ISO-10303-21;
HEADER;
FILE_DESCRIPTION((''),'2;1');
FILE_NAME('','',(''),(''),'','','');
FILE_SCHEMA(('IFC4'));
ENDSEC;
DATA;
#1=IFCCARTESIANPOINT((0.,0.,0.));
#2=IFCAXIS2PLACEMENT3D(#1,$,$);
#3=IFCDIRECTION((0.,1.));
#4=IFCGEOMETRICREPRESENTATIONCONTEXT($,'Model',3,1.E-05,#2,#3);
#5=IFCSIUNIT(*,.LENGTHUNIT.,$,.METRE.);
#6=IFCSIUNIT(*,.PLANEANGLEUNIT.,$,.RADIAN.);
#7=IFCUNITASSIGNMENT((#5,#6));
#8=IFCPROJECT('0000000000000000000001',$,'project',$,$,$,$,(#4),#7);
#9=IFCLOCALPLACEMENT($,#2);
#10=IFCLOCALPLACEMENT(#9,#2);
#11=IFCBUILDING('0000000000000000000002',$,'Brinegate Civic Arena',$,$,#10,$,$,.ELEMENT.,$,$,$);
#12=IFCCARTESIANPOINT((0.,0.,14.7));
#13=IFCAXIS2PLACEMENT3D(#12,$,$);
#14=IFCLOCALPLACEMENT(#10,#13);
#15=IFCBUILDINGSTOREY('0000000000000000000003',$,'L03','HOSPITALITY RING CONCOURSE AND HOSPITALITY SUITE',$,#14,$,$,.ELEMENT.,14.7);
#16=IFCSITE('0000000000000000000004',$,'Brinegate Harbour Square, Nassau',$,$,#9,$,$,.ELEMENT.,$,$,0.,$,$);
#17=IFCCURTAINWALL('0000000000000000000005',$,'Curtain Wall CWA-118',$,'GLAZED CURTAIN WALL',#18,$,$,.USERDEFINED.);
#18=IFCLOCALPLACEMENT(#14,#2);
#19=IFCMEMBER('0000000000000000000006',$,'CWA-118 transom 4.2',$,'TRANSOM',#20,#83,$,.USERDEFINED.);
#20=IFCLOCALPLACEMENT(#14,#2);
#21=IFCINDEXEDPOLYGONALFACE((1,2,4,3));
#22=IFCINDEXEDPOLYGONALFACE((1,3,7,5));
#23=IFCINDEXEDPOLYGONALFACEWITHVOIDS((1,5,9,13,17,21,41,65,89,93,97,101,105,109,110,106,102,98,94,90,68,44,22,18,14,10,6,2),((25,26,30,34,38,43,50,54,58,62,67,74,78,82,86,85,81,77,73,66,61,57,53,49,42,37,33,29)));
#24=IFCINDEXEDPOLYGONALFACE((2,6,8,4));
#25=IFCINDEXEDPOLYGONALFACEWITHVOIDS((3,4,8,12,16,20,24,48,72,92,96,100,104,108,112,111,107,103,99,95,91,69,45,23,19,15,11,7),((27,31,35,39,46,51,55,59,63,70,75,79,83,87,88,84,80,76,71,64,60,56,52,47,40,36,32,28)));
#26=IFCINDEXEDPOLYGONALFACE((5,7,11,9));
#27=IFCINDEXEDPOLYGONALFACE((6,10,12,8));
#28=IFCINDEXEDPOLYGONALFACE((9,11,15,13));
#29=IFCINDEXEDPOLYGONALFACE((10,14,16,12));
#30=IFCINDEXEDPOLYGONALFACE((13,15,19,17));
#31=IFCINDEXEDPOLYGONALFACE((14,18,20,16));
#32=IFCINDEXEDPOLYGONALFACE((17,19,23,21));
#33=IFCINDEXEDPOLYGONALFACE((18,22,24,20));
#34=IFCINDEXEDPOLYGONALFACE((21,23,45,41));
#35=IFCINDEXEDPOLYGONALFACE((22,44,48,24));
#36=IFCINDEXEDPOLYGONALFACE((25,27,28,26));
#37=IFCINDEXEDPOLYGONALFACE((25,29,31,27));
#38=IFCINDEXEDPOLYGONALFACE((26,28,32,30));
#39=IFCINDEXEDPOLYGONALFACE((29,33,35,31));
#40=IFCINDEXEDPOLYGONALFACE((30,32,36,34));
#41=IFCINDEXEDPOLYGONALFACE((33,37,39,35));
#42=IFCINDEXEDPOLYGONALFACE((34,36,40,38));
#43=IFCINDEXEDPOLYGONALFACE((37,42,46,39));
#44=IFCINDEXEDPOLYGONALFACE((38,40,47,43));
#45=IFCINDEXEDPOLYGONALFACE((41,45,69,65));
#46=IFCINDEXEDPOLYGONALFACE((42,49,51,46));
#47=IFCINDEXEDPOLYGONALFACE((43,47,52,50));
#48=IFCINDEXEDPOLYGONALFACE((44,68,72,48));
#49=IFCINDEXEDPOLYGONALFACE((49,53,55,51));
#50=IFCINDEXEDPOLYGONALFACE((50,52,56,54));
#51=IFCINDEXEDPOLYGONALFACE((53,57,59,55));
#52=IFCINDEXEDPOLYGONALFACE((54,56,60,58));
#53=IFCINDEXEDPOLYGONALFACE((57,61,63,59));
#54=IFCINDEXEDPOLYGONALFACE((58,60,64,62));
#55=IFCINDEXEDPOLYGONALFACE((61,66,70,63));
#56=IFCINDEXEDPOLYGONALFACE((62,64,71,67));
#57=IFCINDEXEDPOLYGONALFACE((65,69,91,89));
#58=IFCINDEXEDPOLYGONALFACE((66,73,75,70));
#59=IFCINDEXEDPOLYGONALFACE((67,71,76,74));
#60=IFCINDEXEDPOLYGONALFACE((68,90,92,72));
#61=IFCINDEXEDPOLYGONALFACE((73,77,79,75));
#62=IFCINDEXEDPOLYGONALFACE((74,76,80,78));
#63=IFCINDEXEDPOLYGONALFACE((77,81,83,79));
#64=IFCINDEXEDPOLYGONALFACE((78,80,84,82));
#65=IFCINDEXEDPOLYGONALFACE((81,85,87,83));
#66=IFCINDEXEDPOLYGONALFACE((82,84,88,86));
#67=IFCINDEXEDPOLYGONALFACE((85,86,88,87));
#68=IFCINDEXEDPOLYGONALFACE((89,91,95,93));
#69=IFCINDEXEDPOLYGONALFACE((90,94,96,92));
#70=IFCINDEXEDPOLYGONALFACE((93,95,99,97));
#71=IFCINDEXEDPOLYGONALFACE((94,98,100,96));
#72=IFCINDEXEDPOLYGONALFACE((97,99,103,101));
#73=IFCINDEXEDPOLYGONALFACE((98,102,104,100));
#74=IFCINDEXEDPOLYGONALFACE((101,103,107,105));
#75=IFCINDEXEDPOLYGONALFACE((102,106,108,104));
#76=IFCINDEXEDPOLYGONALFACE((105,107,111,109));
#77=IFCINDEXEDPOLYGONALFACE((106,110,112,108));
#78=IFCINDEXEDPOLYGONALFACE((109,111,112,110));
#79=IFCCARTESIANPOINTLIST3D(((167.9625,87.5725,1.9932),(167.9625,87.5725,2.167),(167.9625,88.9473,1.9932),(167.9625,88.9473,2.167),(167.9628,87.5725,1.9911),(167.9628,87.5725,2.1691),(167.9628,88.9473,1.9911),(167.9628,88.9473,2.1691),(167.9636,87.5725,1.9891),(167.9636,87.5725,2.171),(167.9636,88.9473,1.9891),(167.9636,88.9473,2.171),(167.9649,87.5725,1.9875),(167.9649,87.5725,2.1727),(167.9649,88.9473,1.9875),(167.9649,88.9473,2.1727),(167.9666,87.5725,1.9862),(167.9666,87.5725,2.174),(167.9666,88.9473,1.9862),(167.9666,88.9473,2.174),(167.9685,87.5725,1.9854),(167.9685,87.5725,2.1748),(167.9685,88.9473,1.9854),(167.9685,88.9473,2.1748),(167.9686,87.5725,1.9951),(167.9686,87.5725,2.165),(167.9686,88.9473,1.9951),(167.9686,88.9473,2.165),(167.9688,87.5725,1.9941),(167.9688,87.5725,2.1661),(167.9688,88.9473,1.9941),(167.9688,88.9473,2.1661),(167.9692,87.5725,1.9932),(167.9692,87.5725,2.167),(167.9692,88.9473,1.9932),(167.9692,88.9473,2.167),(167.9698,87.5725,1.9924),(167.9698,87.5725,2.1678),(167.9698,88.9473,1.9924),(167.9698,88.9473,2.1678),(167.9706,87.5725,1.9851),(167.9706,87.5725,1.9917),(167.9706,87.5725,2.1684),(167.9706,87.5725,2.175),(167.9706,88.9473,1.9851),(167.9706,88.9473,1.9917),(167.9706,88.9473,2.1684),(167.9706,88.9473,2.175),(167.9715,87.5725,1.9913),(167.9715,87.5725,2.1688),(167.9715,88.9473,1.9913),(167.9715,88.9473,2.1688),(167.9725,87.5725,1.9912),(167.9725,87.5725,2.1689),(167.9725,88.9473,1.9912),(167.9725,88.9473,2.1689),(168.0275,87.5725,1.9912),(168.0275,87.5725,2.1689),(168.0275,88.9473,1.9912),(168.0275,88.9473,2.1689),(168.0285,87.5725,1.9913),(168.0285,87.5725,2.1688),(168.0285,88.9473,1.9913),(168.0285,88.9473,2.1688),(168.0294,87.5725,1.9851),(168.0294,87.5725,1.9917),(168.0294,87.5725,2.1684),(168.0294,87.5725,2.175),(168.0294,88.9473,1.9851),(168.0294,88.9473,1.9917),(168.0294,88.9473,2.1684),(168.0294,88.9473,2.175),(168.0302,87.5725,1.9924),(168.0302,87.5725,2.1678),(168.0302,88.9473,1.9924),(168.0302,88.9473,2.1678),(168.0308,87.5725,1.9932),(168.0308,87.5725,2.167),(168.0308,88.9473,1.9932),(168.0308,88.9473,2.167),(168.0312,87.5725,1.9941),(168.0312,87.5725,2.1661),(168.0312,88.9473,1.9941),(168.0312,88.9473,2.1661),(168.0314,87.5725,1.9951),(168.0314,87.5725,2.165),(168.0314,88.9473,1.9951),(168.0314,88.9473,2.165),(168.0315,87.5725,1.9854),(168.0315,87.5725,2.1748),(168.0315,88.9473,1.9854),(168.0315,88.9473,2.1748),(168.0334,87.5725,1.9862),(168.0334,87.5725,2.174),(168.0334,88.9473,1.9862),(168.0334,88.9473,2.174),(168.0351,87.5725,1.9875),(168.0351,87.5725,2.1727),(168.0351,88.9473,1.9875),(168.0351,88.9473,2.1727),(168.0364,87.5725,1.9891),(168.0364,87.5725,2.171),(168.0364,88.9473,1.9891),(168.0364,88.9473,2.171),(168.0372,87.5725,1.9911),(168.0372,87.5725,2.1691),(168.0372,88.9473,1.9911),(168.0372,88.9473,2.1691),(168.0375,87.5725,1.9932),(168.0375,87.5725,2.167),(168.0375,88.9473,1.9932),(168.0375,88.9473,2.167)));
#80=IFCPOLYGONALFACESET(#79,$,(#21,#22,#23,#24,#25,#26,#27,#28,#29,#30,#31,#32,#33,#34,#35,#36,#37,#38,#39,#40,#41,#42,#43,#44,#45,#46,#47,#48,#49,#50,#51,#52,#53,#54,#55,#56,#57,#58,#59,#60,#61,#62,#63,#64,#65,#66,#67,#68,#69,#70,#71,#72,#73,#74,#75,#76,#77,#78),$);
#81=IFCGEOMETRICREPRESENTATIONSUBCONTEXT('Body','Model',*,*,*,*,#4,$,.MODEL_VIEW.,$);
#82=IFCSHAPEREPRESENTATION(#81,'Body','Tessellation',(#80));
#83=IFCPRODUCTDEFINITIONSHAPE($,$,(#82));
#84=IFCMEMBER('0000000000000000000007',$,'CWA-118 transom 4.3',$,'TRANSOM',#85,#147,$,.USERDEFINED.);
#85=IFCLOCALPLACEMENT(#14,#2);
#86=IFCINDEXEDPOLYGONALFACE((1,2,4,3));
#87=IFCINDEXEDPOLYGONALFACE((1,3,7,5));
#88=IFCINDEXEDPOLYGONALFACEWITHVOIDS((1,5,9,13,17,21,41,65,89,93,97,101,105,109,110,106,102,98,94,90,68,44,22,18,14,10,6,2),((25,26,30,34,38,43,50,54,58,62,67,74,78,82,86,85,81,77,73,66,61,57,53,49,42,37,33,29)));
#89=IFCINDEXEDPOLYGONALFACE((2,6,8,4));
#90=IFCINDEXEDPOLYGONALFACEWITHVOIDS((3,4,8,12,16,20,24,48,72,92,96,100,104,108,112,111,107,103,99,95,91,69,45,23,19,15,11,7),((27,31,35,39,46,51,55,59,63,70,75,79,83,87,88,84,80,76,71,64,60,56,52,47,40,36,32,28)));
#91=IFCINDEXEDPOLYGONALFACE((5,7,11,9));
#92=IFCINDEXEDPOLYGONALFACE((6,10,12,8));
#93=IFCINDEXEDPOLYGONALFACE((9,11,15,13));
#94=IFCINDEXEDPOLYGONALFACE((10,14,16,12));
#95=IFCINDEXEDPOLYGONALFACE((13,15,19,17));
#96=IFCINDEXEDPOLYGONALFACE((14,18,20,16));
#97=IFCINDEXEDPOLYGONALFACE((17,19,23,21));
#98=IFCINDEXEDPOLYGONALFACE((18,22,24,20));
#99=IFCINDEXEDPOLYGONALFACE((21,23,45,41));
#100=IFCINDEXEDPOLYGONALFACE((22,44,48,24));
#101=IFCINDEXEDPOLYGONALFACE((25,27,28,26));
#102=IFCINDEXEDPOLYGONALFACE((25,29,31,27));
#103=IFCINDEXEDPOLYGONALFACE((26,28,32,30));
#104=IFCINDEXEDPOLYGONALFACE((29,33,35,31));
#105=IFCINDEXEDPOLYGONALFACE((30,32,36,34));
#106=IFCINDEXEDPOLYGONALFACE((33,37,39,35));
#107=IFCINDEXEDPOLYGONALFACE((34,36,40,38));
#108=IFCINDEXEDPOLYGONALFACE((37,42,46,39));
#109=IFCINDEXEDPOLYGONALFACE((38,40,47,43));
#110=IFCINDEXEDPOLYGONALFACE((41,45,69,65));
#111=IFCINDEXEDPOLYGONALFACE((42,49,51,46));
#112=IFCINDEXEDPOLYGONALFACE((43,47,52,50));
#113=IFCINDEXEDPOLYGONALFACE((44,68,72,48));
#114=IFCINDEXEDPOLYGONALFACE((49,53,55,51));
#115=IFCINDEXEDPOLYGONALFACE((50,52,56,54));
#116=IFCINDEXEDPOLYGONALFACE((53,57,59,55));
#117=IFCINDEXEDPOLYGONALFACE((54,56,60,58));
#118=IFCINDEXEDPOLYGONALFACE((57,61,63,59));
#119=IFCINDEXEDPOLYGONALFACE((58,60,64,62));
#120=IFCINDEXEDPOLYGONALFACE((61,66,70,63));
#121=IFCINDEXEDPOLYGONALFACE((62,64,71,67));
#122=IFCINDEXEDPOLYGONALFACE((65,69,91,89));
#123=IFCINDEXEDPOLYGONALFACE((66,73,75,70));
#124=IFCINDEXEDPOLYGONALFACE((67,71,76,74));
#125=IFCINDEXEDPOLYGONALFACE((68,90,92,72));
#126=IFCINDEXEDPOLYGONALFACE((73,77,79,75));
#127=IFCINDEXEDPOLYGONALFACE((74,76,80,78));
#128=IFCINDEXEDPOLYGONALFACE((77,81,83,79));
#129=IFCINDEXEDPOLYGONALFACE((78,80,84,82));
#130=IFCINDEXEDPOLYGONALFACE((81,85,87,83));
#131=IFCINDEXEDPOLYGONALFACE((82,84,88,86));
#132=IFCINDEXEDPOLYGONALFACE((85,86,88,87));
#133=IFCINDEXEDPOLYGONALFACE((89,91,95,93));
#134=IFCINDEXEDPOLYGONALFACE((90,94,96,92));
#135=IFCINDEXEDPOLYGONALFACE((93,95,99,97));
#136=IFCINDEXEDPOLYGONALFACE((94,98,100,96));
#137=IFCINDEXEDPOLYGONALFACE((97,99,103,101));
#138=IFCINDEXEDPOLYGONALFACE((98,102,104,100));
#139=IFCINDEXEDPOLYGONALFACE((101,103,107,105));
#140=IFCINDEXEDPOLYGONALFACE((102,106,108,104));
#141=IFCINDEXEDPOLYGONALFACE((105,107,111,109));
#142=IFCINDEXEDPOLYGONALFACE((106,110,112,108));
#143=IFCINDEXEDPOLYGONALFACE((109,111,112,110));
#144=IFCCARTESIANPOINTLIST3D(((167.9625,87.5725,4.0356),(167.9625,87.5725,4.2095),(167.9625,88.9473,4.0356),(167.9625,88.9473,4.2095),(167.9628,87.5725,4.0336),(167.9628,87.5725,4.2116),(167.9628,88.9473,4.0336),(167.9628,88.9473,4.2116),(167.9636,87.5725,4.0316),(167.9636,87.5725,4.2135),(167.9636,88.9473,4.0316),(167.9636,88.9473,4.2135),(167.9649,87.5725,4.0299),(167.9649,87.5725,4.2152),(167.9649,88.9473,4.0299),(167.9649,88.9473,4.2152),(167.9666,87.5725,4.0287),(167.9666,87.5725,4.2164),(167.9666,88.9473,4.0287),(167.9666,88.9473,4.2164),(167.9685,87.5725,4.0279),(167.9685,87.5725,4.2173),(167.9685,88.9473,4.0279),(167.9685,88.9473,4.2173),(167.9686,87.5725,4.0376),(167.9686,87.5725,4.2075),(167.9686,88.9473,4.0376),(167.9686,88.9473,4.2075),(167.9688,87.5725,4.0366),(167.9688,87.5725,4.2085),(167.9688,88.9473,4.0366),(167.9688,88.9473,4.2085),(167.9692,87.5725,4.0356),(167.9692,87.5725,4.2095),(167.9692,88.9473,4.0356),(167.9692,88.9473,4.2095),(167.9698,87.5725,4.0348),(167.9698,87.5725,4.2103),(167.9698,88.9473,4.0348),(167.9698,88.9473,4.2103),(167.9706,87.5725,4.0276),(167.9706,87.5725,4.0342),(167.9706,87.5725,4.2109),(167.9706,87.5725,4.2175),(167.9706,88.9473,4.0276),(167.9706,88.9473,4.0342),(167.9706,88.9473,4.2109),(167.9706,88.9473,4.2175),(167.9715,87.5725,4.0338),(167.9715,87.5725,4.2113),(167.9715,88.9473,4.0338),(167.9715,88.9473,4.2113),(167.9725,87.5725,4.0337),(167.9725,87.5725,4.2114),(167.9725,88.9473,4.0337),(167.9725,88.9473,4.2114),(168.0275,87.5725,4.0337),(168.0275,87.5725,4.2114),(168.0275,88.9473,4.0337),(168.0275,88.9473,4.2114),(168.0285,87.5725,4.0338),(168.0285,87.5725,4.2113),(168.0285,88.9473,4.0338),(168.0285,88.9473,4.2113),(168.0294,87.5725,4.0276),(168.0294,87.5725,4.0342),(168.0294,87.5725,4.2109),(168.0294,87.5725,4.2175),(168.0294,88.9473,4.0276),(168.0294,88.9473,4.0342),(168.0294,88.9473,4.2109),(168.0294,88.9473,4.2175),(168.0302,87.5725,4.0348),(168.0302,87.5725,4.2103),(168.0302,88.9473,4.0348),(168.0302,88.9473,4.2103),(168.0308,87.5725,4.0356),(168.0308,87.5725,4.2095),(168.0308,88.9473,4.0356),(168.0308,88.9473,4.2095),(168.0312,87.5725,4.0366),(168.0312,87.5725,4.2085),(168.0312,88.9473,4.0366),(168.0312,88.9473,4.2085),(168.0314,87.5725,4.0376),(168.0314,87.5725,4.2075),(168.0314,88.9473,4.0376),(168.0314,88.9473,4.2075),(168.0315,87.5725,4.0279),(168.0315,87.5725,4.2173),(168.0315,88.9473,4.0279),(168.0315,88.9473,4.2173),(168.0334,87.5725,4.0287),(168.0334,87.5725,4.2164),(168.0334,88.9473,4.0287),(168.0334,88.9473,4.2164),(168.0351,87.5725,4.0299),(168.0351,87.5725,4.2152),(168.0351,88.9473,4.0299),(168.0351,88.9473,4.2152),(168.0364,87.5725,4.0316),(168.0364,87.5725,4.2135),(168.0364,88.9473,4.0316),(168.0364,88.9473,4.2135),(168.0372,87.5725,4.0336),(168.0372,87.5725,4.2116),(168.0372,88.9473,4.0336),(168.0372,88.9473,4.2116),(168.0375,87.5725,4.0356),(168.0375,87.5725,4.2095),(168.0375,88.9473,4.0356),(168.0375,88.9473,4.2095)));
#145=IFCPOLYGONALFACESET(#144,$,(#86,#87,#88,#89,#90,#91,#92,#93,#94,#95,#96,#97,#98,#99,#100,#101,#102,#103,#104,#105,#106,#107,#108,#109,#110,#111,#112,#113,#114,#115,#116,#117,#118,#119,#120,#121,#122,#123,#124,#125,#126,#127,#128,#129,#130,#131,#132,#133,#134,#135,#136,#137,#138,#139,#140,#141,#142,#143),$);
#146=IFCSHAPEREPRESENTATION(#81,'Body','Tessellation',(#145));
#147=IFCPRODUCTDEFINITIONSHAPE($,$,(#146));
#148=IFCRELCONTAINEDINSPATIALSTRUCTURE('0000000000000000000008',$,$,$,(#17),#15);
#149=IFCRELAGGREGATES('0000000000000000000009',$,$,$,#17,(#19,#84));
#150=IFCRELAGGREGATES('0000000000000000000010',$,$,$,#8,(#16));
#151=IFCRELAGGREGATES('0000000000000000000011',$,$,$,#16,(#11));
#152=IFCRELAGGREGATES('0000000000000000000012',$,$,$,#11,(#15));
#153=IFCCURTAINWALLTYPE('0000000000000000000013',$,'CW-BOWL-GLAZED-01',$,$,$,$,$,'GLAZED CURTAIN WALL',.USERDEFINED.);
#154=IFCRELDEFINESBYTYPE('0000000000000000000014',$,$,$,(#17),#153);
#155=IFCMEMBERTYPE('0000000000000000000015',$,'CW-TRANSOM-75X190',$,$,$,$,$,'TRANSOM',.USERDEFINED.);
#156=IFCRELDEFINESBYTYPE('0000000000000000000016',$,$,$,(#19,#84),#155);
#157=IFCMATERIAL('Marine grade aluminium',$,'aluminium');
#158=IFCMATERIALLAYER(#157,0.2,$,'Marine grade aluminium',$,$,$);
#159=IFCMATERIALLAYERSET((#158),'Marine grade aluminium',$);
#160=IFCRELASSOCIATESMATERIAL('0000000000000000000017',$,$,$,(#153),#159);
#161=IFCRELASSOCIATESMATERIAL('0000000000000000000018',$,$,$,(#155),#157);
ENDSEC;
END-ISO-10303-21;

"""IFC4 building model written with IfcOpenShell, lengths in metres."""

from ifc_helpers import new_model, si_unit, direction, frame, origin, origin_2d, place, context, subcontext, project, spatial, hollow_rectangle, extrude, material, layer, layer_set, material_profile, profile_set, type_object, element, aggregate, save


model = new_model("IFC4")

# Units and contexts
model_context = context("Model", 3, precision=1e-05, world=origin(), true_north=direction((0.0, 1.0)))
body_context = subcontext(model_context, "Body", "Model", "MODEL_VIEW")
ifc_project = project(units=[si_unit("LENGTHUNIT", "METRE"), si_unit("PLANEANGLEUNIT", "RADIAN")], contexts=[model_context])

# Site, building, storey
site_placement = place(None, origin())
site = spatial("IfcSite", under=ifc_project, at=site_placement, Name="Brinegate Harbour Square, Nassau", CompositionType="ELEMENT", RefElevation=0.0)
building_placement = place(site_placement, origin())
building = spatial("IfcBuilding", under=site, at=building_placement, Name="Brinegate Civic Arena", CompositionType="ELEMENT")
storey_placement = place(building_placement, frame((0.0, 0.0, 14.7)))
storey = spatial("IfcBuildingStorey", under=building, at=storey_placement, Name="L03", Description="HOSPITALITY RING CONCOURSE AND HOSPITALITY SUITE", CompositionType="ELEMENT", Elevation=14.7)

# Curtain wall, members
ifc_material_1 = material(Name="Marine grade aluminium", Category="aluminium")
ifc_layer_1 = layer(ifc_material_1, 0.2, Name="Marine grade aluminium")
ifc_layer_set_1 = layer_set([ifc_layer_1], Name="Marine grade aluminium")
curtain_wall_type = type_object("IfcCurtainWallType", Name="CW-BOWL-GLAZED-01", ElementType="GLAZED CURTAIN WALL", PredefinedType="USERDEFINED", material=ifc_layer_set_1)
curtain_wall_placement = place(storey_placement, origin())
curtain_wall = element("IfcCurtainWall", 1, at=curtain_wall_placement, inside=storey, type_object=curtain_wall_type, Name="Curtain Wall CWA-118", ObjectType="GLAZED CURTAIN WALL", PredefinedType="USERDEFINED")
ifc_material_profile_1 = material_profile(ifc_material_1, hollow_rectangle(XDim=0.075, YDim=0.1899, WallThickness=0.0061, InnerFilletRadius=0.0039, OuterFilletRadius=0.0081, at=origin_2d()), Name="TRN75X190")
ifc_profile_set_1 = profile_set([ifc_material_profile_1], Name="Marine grade aluminium")
member_type_1 = type_object("IfcMemberType", Name="CW-TRANSOM-75X190", ElementType="TRANSOM", PredefinedType="USERDEFINED", material=ifc_profile_set_1)
member_1_placement = place(storey_placement, frame((168.0, 87.5725, 2.0801), z_axis=(0.0, 1.0, 0.0), x_axis=(-1.0, 0.0, 0.0)))
member_1 = element("IfcMember", 2, at=member_1_placement, type_object=member_type_1, Name="CWA-118 transom 4.2", ObjectType="TRANSOM", PredefinedType="USERDEFINED", context=body_context, shape_type="SweptSolid", body=[
    extrude(hollow_rectangle(XDim=0.075, YDim=0.1899, WallThickness=0.0061, InnerFilletRadius=0.0039, OuterFilletRadius=0.0081, at=origin_2d()), origin(), (0.0, 0.0, 1.0), 1.3748),
])
member_2_placement = place(storey_placement, frame((168.0, 87.5725, 4.1226), z_axis=(0.0, 1.0, 0.0), x_axis=(-1.0, 0.0, 0.0)))
member_2 = element("IfcMember", 3, at=member_2_placement, type_object=member_type_1, Name="CWA-118 transom 4.3", ObjectType="TRANSOM", PredefinedType="USERDEFINED", context=body_context, shape_type="SweptSolid", body=[
    extrude(hollow_rectangle(XDim=0.075, YDim=0.1899, WallThickness=0.0061, InnerFilletRadius=0.0039, OuterFilletRadius=0.0081, at=origin_2d()), origin(), (0.0, 0.0, 1.0), 1.3748),
])

aggregate(curtain_wall, [member_1, member_2])

save(model, "model.ifc")
